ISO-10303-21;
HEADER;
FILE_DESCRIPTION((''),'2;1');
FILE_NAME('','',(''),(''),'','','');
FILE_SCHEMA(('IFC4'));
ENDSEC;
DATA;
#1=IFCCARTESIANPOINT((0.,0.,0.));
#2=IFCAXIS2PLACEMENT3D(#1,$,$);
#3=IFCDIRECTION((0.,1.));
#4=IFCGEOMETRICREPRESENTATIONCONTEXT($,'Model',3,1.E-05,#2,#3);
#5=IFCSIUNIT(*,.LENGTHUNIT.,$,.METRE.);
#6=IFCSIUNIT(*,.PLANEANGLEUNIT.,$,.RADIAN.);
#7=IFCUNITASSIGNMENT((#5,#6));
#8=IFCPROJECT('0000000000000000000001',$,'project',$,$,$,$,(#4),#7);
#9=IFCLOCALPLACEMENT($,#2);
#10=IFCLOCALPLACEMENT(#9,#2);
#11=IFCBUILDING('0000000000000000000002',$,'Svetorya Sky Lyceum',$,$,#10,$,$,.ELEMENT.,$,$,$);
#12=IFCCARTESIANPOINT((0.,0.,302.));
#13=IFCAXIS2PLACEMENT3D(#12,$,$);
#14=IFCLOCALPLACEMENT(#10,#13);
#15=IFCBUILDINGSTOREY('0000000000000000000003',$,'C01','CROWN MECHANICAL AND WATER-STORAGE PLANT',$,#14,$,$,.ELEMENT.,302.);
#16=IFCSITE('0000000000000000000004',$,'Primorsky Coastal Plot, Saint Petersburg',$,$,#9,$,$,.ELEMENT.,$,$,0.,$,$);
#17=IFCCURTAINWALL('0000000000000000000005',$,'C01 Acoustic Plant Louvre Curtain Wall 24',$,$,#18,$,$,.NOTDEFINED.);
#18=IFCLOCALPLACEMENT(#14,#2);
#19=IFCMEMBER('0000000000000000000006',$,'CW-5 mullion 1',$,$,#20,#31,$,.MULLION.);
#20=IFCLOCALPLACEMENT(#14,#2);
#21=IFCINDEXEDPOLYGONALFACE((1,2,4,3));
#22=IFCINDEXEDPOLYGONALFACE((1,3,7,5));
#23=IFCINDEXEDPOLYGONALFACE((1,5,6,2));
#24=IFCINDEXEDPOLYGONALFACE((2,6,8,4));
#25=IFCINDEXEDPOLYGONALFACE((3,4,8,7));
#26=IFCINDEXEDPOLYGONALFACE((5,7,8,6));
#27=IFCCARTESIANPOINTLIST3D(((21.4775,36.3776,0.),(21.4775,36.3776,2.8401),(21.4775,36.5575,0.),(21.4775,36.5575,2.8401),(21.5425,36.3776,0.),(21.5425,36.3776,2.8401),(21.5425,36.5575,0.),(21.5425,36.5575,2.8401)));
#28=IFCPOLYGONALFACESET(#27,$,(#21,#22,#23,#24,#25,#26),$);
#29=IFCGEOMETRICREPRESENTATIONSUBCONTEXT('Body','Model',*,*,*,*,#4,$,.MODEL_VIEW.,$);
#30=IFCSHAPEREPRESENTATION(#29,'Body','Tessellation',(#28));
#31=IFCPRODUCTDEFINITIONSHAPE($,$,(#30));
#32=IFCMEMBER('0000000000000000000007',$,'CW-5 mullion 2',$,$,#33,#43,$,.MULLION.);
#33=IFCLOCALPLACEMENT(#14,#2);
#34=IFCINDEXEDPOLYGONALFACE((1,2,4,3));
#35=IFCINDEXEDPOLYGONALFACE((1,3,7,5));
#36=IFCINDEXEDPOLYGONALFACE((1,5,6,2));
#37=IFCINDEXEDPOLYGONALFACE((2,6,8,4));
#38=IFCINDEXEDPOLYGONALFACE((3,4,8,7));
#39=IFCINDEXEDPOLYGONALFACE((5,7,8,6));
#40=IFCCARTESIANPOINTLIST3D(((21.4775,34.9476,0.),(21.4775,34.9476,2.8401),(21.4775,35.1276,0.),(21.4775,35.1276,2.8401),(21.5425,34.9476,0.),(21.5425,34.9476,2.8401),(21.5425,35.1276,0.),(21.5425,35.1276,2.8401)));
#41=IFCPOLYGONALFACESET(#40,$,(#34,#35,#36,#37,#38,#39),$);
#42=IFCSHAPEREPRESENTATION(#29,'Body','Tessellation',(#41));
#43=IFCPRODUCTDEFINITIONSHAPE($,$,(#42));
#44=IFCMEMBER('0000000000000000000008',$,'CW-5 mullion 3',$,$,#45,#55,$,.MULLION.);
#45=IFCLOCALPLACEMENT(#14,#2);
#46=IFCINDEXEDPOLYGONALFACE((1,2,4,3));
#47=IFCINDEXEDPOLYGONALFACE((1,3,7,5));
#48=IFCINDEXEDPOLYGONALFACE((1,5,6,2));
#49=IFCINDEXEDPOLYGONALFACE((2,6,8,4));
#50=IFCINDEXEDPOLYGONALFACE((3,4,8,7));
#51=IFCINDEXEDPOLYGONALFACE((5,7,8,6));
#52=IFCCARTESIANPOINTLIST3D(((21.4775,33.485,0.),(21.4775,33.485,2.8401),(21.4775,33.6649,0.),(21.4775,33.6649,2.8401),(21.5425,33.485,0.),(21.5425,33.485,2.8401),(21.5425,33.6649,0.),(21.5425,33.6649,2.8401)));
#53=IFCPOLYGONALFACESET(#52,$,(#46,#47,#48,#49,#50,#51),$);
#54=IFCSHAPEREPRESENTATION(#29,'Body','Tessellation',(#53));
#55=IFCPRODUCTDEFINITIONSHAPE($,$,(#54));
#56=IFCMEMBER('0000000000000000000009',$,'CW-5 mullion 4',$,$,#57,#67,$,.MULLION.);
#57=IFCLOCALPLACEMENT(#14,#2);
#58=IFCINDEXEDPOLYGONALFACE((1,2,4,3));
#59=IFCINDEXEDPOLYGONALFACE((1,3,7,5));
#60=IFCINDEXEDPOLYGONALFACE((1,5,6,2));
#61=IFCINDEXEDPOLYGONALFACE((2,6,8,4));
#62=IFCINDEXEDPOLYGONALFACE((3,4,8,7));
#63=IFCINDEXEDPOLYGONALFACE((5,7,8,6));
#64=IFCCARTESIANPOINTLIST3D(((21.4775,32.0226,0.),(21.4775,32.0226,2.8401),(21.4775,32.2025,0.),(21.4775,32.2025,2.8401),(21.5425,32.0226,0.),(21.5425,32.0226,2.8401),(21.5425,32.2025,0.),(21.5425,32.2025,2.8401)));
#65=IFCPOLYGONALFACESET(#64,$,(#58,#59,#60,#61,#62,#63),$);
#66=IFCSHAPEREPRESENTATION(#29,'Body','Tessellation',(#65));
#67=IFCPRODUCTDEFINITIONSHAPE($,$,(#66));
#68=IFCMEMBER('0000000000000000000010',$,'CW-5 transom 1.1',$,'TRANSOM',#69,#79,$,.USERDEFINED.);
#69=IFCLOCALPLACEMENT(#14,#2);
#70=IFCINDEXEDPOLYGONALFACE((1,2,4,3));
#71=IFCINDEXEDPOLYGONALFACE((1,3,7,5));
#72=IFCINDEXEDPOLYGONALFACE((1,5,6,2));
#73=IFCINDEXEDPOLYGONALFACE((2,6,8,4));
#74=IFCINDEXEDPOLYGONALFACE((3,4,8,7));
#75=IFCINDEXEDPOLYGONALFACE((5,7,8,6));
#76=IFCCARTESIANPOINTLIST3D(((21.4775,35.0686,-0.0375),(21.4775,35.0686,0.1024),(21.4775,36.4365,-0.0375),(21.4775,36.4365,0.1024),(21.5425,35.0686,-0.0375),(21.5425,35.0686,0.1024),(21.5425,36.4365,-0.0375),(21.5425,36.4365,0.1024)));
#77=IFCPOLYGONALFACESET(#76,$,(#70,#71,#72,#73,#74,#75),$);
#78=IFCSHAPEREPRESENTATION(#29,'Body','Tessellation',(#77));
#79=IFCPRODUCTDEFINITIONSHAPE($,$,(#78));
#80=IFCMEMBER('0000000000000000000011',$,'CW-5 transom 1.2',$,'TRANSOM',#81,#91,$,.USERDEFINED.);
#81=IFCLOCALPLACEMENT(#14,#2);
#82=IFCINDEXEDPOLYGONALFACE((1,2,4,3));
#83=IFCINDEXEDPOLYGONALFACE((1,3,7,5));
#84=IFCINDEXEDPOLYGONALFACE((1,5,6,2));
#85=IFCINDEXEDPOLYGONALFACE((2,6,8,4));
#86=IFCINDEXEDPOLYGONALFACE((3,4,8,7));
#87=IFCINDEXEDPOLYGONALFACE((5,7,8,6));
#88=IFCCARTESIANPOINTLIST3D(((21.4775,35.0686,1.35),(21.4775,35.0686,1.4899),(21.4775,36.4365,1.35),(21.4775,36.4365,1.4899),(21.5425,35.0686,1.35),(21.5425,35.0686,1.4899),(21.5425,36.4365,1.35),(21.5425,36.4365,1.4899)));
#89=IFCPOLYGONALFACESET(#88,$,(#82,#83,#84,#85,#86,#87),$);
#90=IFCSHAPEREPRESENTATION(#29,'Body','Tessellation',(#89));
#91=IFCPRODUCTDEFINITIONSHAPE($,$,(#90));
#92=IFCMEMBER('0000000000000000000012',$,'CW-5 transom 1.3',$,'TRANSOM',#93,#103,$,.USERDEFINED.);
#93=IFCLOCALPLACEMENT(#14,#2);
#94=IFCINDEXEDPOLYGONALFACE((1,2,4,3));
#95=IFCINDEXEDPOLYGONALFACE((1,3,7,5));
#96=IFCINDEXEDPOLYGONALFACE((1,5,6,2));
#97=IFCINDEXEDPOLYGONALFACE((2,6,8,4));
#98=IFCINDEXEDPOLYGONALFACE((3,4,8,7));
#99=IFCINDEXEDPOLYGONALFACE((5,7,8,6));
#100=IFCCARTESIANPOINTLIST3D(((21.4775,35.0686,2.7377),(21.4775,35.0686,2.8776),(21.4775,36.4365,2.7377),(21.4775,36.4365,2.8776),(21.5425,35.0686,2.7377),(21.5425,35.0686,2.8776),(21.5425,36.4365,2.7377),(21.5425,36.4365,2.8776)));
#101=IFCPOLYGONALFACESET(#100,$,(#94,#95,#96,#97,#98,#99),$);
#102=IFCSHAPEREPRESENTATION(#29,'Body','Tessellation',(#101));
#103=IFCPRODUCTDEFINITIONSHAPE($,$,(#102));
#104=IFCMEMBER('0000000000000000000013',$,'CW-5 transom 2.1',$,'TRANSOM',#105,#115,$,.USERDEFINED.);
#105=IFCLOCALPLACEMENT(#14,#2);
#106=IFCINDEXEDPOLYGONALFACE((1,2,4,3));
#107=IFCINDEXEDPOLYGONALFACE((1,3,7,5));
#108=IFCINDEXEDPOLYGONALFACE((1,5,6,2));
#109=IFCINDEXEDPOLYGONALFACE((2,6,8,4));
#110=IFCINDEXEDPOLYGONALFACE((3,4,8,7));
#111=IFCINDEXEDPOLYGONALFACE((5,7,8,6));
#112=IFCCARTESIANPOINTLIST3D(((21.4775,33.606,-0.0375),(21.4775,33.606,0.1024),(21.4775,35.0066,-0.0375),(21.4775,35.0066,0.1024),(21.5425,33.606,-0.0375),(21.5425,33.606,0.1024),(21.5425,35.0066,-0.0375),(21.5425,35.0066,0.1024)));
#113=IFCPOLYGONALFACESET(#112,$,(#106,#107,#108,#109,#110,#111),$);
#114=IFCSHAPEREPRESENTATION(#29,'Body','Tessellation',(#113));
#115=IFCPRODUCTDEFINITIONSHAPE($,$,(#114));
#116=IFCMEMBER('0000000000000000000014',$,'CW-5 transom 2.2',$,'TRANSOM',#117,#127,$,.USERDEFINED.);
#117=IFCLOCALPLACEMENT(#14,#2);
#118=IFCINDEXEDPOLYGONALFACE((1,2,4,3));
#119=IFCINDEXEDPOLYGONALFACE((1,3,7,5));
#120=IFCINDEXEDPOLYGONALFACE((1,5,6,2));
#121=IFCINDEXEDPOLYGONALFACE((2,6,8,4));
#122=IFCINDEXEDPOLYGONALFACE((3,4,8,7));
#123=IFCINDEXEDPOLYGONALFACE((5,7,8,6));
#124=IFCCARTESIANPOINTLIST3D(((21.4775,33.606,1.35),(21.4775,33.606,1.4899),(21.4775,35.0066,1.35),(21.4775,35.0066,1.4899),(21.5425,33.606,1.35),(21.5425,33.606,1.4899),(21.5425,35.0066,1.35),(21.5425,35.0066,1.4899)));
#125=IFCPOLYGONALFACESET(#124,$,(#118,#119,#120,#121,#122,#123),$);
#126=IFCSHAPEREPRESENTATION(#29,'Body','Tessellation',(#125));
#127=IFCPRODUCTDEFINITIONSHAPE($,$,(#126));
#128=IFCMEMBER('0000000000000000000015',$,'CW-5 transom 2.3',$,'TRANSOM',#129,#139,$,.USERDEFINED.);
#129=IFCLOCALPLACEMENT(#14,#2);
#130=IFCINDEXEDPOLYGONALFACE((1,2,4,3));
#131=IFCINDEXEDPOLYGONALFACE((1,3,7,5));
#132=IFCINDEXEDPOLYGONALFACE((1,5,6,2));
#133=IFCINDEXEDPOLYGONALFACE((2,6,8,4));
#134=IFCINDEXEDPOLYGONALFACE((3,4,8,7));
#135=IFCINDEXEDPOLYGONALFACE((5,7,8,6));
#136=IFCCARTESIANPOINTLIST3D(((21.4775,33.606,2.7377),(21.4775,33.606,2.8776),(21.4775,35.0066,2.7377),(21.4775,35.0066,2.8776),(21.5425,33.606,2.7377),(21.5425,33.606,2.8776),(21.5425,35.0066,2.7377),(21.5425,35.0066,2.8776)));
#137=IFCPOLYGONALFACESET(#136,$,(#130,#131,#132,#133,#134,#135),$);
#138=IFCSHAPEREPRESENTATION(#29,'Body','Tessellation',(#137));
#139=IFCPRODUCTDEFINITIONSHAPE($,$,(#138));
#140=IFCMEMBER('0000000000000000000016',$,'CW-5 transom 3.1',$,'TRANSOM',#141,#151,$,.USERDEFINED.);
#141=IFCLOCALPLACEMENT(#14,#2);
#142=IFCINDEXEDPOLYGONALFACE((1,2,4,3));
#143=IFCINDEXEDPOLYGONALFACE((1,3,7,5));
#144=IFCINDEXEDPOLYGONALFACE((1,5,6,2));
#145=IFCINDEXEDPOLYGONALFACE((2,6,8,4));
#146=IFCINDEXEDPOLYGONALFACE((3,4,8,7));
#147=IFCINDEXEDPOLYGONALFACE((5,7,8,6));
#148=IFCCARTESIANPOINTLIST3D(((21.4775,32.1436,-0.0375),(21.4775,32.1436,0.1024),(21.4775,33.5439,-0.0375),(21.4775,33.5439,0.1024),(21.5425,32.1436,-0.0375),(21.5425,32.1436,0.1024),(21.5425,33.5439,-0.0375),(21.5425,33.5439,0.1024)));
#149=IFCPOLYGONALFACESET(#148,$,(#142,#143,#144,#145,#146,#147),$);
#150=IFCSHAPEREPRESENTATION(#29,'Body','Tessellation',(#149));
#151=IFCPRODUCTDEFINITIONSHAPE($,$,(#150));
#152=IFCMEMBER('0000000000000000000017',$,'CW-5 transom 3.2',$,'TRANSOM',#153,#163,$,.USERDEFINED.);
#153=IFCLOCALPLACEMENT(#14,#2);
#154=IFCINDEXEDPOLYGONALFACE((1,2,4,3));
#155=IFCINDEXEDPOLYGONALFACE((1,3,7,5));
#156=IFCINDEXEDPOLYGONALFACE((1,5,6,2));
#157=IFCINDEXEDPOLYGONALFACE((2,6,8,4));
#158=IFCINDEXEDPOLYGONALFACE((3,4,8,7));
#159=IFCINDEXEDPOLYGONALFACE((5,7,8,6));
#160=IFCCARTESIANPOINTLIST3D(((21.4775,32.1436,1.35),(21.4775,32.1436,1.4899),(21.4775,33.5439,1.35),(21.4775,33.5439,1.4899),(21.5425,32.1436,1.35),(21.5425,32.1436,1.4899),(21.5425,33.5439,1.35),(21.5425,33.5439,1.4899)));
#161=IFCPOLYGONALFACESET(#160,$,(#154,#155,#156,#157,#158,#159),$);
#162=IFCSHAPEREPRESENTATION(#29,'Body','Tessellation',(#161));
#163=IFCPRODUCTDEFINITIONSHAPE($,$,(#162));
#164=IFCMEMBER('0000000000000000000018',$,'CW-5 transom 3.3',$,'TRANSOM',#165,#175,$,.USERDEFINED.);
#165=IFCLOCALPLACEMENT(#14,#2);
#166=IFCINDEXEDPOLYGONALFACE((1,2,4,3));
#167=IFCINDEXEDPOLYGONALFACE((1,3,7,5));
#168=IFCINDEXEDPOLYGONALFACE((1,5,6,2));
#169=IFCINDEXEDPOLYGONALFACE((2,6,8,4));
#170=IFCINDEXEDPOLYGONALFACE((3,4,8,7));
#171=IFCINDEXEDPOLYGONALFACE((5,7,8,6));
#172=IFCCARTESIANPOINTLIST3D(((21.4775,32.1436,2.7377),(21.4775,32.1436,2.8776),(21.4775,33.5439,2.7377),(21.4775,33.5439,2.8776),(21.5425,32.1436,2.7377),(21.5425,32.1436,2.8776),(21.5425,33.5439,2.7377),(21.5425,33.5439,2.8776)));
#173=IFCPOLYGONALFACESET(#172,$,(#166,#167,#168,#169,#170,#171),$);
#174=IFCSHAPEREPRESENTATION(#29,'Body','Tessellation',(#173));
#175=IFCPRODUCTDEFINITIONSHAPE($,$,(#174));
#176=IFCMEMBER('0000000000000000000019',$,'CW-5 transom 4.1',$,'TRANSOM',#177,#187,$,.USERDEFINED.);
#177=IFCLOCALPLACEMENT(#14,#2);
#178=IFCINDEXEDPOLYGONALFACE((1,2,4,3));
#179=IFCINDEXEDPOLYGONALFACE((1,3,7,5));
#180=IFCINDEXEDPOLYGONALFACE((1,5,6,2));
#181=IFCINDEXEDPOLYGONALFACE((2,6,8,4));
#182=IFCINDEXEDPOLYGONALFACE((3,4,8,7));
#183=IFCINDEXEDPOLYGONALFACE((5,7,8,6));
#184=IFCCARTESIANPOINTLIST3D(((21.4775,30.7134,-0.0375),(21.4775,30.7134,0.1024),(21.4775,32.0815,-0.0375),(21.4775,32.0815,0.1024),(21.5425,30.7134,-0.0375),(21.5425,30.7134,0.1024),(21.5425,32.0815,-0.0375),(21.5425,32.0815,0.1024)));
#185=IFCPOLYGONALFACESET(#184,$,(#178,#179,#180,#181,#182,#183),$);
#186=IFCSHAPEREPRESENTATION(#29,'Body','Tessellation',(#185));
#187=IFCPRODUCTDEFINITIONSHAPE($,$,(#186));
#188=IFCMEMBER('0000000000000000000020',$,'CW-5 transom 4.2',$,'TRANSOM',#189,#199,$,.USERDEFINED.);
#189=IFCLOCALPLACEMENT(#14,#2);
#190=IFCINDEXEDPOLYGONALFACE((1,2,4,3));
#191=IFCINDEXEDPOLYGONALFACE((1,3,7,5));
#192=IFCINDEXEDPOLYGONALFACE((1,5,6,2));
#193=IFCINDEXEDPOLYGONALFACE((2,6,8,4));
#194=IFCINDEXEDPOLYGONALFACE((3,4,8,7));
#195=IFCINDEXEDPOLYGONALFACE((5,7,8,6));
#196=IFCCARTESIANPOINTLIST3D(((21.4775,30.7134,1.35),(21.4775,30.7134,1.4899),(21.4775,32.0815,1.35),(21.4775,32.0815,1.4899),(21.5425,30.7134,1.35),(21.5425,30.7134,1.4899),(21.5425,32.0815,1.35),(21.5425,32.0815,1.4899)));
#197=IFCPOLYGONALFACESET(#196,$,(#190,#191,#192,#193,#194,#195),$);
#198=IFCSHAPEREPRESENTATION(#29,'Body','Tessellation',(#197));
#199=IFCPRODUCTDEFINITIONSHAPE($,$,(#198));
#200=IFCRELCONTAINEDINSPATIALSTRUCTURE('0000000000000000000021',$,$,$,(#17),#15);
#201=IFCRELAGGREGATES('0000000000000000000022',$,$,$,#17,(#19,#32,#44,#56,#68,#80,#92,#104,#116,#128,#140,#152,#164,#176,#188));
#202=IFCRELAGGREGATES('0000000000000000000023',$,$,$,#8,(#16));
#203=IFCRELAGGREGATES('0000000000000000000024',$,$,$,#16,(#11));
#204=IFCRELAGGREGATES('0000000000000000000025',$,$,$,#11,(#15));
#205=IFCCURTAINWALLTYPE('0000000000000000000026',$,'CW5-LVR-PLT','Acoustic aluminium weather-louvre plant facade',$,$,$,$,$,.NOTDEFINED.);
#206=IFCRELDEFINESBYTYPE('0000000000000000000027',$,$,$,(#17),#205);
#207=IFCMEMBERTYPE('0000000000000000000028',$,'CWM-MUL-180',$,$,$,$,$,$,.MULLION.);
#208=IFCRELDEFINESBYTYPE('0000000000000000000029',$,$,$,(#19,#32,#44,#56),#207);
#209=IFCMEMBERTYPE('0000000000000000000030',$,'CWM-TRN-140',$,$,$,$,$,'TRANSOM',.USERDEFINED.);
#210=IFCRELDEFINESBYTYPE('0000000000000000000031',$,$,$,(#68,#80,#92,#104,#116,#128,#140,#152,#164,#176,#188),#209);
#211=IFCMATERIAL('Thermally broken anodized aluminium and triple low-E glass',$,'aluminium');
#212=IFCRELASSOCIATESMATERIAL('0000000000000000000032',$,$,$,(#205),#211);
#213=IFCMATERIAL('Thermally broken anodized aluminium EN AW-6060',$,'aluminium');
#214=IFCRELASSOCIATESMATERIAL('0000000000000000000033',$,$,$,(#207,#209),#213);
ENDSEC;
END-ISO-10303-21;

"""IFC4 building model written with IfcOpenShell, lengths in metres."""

from ifc_helpers import new_model, si_unit, direction, frame, origin, origin_2d, place, context, subcontext, project, spatial, rectangle, extrude, material, material_profile, profile_set, type_object, element, aggregate, save


model = new_model("IFC4")

# Units and contexts
model_context = context("Model", 3, precision=1e-05, world=origin(), true_north=direction((0.0, 1.0)))
body_context = subcontext(model_context, "Body", "Model", "MODEL_VIEW")
ifc_project = project(units=[si_unit("LENGTHUNIT", "METRE"), si_unit("PLANEANGLEUNIT", "RADIAN")], contexts=[model_context])

# Site, building, storey
site_placement = place(None, origin())
site = spatial("IfcSite", under=ifc_project, at=site_placement, Name="Primorsky Coastal Plot, Saint Petersburg", CompositionType="ELEMENT", RefElevation=0.0)
building_placement = place(site_placement, origin())
building = spatial("IfcBuilding", under=site, at=building_placement, Name="Svetorya Sky Lyceum", CompositionType="ELEMENT")
storey_placement = place(building_placement, frame((0.0, 0.0, 302.0)))
storey = spatial("IfcBuildingStorey", under=building, at=storey_placement, Name="C01", Description="CROWN MECHANICAL AND WATER-STORAGE PLANT", CompositionType="ELEMENT", Elevation=302.0)

# Curtain wall, members
ifc_material_1 = material(Name="Thermally broken anodized aluminium and triple low-E glass", Category="aluminium")
curtain_wall_type = type_object("IfcCurtainWallType", Name="CW5-LVR-PLT", Description="Acoustic aluminium weather-louvre plant facade", PredefinedType="NOTDEFINED", material=ifc_material_1)
curtain_wall_placement = place(storey_placement, origin())
curtain_wall = element("IfcCurtainWall", 1, at=curtain_wall_placement, inside=storey, type_object=curtain_wall_type, Name="C01 Acoustic Plant Louvre Curtain Wall 24", PredefinedType="NOTDEFINED")
ifc_material_2 = material(Name="Thermally broken anodized aluminium EN AW-6060", Category="aluminium")
ifc_material_profile_1 = material_profile(ifc_material_2, rectangle(XDim=0.0649, YDim=0.1799, at=origin_2d()), Name="ALU MULLION 65x180")
ifc_profile_set_1 = profile_set([ifc_material_profile_1], Name="Thermally broken anodized aluminium EN AW-6060")
member_type_1 = type_object("IfcMemberType", Name="CWM-MUL-180", PredefinedType="MULLION", material=ifc_profile_set_1)
member_1_placement = place(storey_placement, frame((21.51, 36.4675, 0.0), z_axis=(0.0, 0.0, 1.0), x_axis=(1.0, 0.0, 0.0)))
member_1 = element("IfcMember", 2, at=member_1_placement, type_object=member_type_1, Name="CW-5 mullion 1", PredefinedType="MULLION", context=body_context, shape_type="SweptSolid", body=[
    extrude(rectangle(XDim=0.0649, YDim=0.1799, at=origin_2d()), origin(), (0.0, 0.0, 1.0), 2.8401),
])
member_2_placement = place(storey_placement, frame((21.51, 35.0376, 0.0), z_axis=(0.0, 0.0, 1.0), x_axis=(1.0, 0.0, 0.0)))
member_2 = element("IfcMember", 3, at=member_2_placement, type_object=member_type_1, Name="CW-5 mullion 2", PredefinedType="MULLION", context=body_context, shape_type="SweptSolid", body=[
    extrude(rectangle(XDim=0.0649, YDim=0.1799, at=origin_2d()), origin(), (0.0, 0.0, 1.0), 2.8401),
])
member_3_placement = place(storey_placement, frame((21.51, 33.575, 0.0), z_axis=(0.0, 0.0, 1.0), x_axis=(1.0, 0.0, 0.0)))
member_3 = element("IfcMember", 4, at=member_3_placement, type_object=member_type_1, Name="CW-5 mullion 3", PredefinedType="MULLION", context=body_context, shape_type="SweptSolid", body=[
    extrude(rectangle(XDim=0.0649, YDim=0.1799, at=origin_2d()), origin(), (0.0, 0.0, 1.0), 2.8401),
])
member_4_placement = place(storey_placement, frame((21.51, 32.1125, 0.0), z_axis=(0.0, 0.0, 1.0), x_axis=(1.0, 0.0, 0.0)))
member_4 = element("IfcMember", 5, at=member_4_placement, type_object=member_type_1, Name="CW-5 mullion 4", PredefinedType="MULLION", context=body_context, shape_type="SweptSolid", body=[
    extrude(rectangle(XDim=0.0649, YDim=0.1799, at=origin_2d()), origin(), (0.0, 0.0, 1.0), 2.8401),
])
ifc_material_profile_2 = material_profile(ifc_material_2, rectangle(XDim=0.0649, YDim=0.1399, at=origin_2d()), Name="ALU TRANSOM 65x140")
ifc_profile_set_2 = profile_set([ifc_material_profile_2], Name="Thermally broken anodized aluminium EN AW-6060")
member_type_2 = type_object("IfcMemberType", Name="CWM-TRN-140", ElementType="TRANSOM", PredefinedType="USERDEFINED", material=ifc_profile_set_2)
member_5_placement = place(storey_placement, frame((21.51, 36.4365, 0.0325), z_axis=(0.0, -1.0, 0.0), x_axis=(1.0, 0.0, 0.0)))
member_5 = element("IfcMember", 6, at=member_5_placement, type_object=member_type_2, Name="CW-5 transom 1.1", ObjectType="TRANSOM", PredefinedType="USERDEFINED", context=body_context, shape_type="SweptSolid", body=[
    extrude(rectangle(XDim=0.0649, YDim=0.1399, at=origin_2d()), origin(), (0.0, 0.0, 1.0), 1.3679),
])
member_6_placement = place(storey_placement, frame((21.51, 36.4365, 1.4199), z_axis=(0.0, -1.0, 0.0), x_axis=(1.0, 0.0, 0.0)))
member_6 = element("IfcMember", 7, at=member_6_placement, type_object=member_type_2, Name="CW-5 transom 1.2", ObjectType="TRANSOM", PredefinedType="USERDEFINED", context=body_context, shape_type="SweptSolid", body=[
    extrude(rectangle(XDim=0.0649, YDim=0.1399, at=origin_2d()), origin(), (0.0, 0.0, 1.0), 1.3679),
])
member_7_placement = place(storey_placement, frame((21.51, 36.4365, 2.8076), z_axis=(0.0, -1.0, 0.0), x_axis=(1.0, 0.0, 0.0)))
member_7 = element("IfcMember", 8, at=member_7_placement, type_object=member_type_2, Name="CW-5 transom 1.3", ObjectType="TRANSOM", PredefinedType="USERDEFINED", context=body_context, shape_type="SweptSolid", body=[
    extrude(rectangle(XDim=0.0649, YDim=0.1399, at=origin_2d()), origin(), (0.0, 0.0, 1.0), 1.3679),
])
member_8_placement = place(storey_placement, frame((21.51, 35.0066, 0.0325), z_axis=(0.0, -1.0, 0.0), x_axis=(1.0, 0.0, 0.0)))
member_8 = element("IfcMember", 9, at=member_8_placement, type_object=member_type_2, Name="CW-5 transom 2.1", ObjectType="TRANSOM", PredefinedType="USERDEFINED", context=body_context, shape_type="SweptSolid", body=[
    extrude(rectangle(XDim=0.0649, YDim=0.1399, at=origin_2d()), origin(), (0.0, 0.0, 1.0), 1.4006),
])
member_9_placement = place(storey_placement, frame((21.51, 35.0066, 1.4199), z_axis=(0.0, -1.0, 0.0), x_axis=(1.0, 0.0, 0.0)))
member_9 = element("IfcMember", 10, at=member_9_placement, type_object=member_type_2, Name="CW-5 transom 2.2", ObjectType="TRANSOM", PredefinedType="USERDEFINED", context=body_context, shape_type="SweptSolid", body=[
    extrude(rectangle(XDim=0.0649, YDim=0.1399, at=origin_2d()), origin(), (0.0, 0.0, 1.0), 1.4006),
])
member_10_placement = place(storey_placement, frame((21.51, 35.0066, 2.8076), z_axis=(0.0, -1.0, 0.0), x_axis=(1.0, 0.0, 0.0)))
member_10 = element("IfcMember", 11, at=member_10_placement, type_object=member_type_2, Name="CW-5 transom 2.3", ObjectType="TRANSOM", PredefinedType="USERDEFINED", context=body_context, shape_type="SweptSolid", body=[
    extrude(rectangle(XDim=0.0649, YDim=0.1399, at=origin_2d()), origin(), (0.0, 0.0, 1.0), 1.4006),
])
member_11_placement = place(storey_placement, frame((21.51, 33.5439, 0.0325), z_axis=(0.0, -1.0, 0.0), x_axis=(1.0, 0.0, 0.0)))
member_11 = element("IfcMember", 12, at=member_11_placement, type_object=member_type_2, Name="CW-5 transom 3.1", ObjectType="TRANSOM", PredefinedType="USERDEFINED", context=body_context, shape_type="SweptSolid", body=[
    extrude(rectangle(XDim=0.0649, YDim=0.1399, at=origin_2d()), origin(), (0.0, 0.0, 1.0), 1.4004),
])
member_12_placement = place(storey_placement, frame((21.51, 33.5439, 1.4199), z_axis=(0.0, -1.0, 0.0), x_axis=(1.0, 0.0, 0.0)))
member_12 = element("IfcMember", 13, at=member_12_placement, type_object=member_type_2, Name="CW-5 transom 3.2", ObjectType="TRANSOM", PredefinedType="USERDEFINED", context=body_context, shape_type="SweptSolid", body=[
    extrude(rectangle(XDim=0.0649, YDim=0.1399, at=origin_2d()), origin(), (0.0, 0.0, 1.0), 1.4004),
])
member_13_placement = place(storey_placement, frame((21.51, 33.5439, 2.8076), z_axis=(0.0, -1.0, 0.0), x_axis=(1.0, 0.0, 0.0)))
member_13 = element("IfcMember", 14, at=member_13_placement, type_object=member_type_2, Name="CW-5 transom 3.3", ObjectType="TRANSOM", PredefinedType="USERDEFINED", context=body_context, shape_type="SweptSolid", body=[
    extrude(rectangle(XDim=0.0649, YDim=0.1399, at=origin_2d()), origin(), (0.0, 0.0, 1.0), 1.4004),
])
member_14_placement = place(storey_placement, frame((21.51, 32.0815, 0.0325), z_axis=(0.0, -1.0, 0.0), x_axis=(1.0, 0.0, 0.0)))
member_14 = element("IfcMember", 15, at=member_14_placement, type_object=member_type_2, Name="CW-5 transom 4.1", ObjectType="TRANSOM", PredefinedType="USERDEFINED", context=body_context, shape_type="SweptSolid", body=[
    extrude(rectangle(XDim=0.0649, YDim=0.1399, at=origin_2d()), origin(), (0.0, 0.0, 1.0), 1.3682),
])
member_15_placement = place(storey_placement, frame((21.51, 32.0815, 1.4199), z_axis=(0.0, -1.0, 0.0), x_axis=(1.0, 0.0, 0.0)))
member_15 = element("IfcMember", 16, at=member_15_placement, type_object=member_type_2, Name="CW-5 transom 4.2", ObjectType="TRANSOM", PredefinedType="USERDEFINED", context=body_context, shape_type="SweptSolid", body=[
    extrude(rectangle(XDim=0.0649, YDim=0.1399, at=origin_2d()), origin(), (0.0, 0.0, 1.0), 1.3682),
])
aggregate(curtain_wall, [member_1, member_2, member_3, member_4, member_5, member_6, member_7, member_8, member_9, member_10, member_11, member_12, member_13, member_14, member_15])

save(model, "model.ifc")
